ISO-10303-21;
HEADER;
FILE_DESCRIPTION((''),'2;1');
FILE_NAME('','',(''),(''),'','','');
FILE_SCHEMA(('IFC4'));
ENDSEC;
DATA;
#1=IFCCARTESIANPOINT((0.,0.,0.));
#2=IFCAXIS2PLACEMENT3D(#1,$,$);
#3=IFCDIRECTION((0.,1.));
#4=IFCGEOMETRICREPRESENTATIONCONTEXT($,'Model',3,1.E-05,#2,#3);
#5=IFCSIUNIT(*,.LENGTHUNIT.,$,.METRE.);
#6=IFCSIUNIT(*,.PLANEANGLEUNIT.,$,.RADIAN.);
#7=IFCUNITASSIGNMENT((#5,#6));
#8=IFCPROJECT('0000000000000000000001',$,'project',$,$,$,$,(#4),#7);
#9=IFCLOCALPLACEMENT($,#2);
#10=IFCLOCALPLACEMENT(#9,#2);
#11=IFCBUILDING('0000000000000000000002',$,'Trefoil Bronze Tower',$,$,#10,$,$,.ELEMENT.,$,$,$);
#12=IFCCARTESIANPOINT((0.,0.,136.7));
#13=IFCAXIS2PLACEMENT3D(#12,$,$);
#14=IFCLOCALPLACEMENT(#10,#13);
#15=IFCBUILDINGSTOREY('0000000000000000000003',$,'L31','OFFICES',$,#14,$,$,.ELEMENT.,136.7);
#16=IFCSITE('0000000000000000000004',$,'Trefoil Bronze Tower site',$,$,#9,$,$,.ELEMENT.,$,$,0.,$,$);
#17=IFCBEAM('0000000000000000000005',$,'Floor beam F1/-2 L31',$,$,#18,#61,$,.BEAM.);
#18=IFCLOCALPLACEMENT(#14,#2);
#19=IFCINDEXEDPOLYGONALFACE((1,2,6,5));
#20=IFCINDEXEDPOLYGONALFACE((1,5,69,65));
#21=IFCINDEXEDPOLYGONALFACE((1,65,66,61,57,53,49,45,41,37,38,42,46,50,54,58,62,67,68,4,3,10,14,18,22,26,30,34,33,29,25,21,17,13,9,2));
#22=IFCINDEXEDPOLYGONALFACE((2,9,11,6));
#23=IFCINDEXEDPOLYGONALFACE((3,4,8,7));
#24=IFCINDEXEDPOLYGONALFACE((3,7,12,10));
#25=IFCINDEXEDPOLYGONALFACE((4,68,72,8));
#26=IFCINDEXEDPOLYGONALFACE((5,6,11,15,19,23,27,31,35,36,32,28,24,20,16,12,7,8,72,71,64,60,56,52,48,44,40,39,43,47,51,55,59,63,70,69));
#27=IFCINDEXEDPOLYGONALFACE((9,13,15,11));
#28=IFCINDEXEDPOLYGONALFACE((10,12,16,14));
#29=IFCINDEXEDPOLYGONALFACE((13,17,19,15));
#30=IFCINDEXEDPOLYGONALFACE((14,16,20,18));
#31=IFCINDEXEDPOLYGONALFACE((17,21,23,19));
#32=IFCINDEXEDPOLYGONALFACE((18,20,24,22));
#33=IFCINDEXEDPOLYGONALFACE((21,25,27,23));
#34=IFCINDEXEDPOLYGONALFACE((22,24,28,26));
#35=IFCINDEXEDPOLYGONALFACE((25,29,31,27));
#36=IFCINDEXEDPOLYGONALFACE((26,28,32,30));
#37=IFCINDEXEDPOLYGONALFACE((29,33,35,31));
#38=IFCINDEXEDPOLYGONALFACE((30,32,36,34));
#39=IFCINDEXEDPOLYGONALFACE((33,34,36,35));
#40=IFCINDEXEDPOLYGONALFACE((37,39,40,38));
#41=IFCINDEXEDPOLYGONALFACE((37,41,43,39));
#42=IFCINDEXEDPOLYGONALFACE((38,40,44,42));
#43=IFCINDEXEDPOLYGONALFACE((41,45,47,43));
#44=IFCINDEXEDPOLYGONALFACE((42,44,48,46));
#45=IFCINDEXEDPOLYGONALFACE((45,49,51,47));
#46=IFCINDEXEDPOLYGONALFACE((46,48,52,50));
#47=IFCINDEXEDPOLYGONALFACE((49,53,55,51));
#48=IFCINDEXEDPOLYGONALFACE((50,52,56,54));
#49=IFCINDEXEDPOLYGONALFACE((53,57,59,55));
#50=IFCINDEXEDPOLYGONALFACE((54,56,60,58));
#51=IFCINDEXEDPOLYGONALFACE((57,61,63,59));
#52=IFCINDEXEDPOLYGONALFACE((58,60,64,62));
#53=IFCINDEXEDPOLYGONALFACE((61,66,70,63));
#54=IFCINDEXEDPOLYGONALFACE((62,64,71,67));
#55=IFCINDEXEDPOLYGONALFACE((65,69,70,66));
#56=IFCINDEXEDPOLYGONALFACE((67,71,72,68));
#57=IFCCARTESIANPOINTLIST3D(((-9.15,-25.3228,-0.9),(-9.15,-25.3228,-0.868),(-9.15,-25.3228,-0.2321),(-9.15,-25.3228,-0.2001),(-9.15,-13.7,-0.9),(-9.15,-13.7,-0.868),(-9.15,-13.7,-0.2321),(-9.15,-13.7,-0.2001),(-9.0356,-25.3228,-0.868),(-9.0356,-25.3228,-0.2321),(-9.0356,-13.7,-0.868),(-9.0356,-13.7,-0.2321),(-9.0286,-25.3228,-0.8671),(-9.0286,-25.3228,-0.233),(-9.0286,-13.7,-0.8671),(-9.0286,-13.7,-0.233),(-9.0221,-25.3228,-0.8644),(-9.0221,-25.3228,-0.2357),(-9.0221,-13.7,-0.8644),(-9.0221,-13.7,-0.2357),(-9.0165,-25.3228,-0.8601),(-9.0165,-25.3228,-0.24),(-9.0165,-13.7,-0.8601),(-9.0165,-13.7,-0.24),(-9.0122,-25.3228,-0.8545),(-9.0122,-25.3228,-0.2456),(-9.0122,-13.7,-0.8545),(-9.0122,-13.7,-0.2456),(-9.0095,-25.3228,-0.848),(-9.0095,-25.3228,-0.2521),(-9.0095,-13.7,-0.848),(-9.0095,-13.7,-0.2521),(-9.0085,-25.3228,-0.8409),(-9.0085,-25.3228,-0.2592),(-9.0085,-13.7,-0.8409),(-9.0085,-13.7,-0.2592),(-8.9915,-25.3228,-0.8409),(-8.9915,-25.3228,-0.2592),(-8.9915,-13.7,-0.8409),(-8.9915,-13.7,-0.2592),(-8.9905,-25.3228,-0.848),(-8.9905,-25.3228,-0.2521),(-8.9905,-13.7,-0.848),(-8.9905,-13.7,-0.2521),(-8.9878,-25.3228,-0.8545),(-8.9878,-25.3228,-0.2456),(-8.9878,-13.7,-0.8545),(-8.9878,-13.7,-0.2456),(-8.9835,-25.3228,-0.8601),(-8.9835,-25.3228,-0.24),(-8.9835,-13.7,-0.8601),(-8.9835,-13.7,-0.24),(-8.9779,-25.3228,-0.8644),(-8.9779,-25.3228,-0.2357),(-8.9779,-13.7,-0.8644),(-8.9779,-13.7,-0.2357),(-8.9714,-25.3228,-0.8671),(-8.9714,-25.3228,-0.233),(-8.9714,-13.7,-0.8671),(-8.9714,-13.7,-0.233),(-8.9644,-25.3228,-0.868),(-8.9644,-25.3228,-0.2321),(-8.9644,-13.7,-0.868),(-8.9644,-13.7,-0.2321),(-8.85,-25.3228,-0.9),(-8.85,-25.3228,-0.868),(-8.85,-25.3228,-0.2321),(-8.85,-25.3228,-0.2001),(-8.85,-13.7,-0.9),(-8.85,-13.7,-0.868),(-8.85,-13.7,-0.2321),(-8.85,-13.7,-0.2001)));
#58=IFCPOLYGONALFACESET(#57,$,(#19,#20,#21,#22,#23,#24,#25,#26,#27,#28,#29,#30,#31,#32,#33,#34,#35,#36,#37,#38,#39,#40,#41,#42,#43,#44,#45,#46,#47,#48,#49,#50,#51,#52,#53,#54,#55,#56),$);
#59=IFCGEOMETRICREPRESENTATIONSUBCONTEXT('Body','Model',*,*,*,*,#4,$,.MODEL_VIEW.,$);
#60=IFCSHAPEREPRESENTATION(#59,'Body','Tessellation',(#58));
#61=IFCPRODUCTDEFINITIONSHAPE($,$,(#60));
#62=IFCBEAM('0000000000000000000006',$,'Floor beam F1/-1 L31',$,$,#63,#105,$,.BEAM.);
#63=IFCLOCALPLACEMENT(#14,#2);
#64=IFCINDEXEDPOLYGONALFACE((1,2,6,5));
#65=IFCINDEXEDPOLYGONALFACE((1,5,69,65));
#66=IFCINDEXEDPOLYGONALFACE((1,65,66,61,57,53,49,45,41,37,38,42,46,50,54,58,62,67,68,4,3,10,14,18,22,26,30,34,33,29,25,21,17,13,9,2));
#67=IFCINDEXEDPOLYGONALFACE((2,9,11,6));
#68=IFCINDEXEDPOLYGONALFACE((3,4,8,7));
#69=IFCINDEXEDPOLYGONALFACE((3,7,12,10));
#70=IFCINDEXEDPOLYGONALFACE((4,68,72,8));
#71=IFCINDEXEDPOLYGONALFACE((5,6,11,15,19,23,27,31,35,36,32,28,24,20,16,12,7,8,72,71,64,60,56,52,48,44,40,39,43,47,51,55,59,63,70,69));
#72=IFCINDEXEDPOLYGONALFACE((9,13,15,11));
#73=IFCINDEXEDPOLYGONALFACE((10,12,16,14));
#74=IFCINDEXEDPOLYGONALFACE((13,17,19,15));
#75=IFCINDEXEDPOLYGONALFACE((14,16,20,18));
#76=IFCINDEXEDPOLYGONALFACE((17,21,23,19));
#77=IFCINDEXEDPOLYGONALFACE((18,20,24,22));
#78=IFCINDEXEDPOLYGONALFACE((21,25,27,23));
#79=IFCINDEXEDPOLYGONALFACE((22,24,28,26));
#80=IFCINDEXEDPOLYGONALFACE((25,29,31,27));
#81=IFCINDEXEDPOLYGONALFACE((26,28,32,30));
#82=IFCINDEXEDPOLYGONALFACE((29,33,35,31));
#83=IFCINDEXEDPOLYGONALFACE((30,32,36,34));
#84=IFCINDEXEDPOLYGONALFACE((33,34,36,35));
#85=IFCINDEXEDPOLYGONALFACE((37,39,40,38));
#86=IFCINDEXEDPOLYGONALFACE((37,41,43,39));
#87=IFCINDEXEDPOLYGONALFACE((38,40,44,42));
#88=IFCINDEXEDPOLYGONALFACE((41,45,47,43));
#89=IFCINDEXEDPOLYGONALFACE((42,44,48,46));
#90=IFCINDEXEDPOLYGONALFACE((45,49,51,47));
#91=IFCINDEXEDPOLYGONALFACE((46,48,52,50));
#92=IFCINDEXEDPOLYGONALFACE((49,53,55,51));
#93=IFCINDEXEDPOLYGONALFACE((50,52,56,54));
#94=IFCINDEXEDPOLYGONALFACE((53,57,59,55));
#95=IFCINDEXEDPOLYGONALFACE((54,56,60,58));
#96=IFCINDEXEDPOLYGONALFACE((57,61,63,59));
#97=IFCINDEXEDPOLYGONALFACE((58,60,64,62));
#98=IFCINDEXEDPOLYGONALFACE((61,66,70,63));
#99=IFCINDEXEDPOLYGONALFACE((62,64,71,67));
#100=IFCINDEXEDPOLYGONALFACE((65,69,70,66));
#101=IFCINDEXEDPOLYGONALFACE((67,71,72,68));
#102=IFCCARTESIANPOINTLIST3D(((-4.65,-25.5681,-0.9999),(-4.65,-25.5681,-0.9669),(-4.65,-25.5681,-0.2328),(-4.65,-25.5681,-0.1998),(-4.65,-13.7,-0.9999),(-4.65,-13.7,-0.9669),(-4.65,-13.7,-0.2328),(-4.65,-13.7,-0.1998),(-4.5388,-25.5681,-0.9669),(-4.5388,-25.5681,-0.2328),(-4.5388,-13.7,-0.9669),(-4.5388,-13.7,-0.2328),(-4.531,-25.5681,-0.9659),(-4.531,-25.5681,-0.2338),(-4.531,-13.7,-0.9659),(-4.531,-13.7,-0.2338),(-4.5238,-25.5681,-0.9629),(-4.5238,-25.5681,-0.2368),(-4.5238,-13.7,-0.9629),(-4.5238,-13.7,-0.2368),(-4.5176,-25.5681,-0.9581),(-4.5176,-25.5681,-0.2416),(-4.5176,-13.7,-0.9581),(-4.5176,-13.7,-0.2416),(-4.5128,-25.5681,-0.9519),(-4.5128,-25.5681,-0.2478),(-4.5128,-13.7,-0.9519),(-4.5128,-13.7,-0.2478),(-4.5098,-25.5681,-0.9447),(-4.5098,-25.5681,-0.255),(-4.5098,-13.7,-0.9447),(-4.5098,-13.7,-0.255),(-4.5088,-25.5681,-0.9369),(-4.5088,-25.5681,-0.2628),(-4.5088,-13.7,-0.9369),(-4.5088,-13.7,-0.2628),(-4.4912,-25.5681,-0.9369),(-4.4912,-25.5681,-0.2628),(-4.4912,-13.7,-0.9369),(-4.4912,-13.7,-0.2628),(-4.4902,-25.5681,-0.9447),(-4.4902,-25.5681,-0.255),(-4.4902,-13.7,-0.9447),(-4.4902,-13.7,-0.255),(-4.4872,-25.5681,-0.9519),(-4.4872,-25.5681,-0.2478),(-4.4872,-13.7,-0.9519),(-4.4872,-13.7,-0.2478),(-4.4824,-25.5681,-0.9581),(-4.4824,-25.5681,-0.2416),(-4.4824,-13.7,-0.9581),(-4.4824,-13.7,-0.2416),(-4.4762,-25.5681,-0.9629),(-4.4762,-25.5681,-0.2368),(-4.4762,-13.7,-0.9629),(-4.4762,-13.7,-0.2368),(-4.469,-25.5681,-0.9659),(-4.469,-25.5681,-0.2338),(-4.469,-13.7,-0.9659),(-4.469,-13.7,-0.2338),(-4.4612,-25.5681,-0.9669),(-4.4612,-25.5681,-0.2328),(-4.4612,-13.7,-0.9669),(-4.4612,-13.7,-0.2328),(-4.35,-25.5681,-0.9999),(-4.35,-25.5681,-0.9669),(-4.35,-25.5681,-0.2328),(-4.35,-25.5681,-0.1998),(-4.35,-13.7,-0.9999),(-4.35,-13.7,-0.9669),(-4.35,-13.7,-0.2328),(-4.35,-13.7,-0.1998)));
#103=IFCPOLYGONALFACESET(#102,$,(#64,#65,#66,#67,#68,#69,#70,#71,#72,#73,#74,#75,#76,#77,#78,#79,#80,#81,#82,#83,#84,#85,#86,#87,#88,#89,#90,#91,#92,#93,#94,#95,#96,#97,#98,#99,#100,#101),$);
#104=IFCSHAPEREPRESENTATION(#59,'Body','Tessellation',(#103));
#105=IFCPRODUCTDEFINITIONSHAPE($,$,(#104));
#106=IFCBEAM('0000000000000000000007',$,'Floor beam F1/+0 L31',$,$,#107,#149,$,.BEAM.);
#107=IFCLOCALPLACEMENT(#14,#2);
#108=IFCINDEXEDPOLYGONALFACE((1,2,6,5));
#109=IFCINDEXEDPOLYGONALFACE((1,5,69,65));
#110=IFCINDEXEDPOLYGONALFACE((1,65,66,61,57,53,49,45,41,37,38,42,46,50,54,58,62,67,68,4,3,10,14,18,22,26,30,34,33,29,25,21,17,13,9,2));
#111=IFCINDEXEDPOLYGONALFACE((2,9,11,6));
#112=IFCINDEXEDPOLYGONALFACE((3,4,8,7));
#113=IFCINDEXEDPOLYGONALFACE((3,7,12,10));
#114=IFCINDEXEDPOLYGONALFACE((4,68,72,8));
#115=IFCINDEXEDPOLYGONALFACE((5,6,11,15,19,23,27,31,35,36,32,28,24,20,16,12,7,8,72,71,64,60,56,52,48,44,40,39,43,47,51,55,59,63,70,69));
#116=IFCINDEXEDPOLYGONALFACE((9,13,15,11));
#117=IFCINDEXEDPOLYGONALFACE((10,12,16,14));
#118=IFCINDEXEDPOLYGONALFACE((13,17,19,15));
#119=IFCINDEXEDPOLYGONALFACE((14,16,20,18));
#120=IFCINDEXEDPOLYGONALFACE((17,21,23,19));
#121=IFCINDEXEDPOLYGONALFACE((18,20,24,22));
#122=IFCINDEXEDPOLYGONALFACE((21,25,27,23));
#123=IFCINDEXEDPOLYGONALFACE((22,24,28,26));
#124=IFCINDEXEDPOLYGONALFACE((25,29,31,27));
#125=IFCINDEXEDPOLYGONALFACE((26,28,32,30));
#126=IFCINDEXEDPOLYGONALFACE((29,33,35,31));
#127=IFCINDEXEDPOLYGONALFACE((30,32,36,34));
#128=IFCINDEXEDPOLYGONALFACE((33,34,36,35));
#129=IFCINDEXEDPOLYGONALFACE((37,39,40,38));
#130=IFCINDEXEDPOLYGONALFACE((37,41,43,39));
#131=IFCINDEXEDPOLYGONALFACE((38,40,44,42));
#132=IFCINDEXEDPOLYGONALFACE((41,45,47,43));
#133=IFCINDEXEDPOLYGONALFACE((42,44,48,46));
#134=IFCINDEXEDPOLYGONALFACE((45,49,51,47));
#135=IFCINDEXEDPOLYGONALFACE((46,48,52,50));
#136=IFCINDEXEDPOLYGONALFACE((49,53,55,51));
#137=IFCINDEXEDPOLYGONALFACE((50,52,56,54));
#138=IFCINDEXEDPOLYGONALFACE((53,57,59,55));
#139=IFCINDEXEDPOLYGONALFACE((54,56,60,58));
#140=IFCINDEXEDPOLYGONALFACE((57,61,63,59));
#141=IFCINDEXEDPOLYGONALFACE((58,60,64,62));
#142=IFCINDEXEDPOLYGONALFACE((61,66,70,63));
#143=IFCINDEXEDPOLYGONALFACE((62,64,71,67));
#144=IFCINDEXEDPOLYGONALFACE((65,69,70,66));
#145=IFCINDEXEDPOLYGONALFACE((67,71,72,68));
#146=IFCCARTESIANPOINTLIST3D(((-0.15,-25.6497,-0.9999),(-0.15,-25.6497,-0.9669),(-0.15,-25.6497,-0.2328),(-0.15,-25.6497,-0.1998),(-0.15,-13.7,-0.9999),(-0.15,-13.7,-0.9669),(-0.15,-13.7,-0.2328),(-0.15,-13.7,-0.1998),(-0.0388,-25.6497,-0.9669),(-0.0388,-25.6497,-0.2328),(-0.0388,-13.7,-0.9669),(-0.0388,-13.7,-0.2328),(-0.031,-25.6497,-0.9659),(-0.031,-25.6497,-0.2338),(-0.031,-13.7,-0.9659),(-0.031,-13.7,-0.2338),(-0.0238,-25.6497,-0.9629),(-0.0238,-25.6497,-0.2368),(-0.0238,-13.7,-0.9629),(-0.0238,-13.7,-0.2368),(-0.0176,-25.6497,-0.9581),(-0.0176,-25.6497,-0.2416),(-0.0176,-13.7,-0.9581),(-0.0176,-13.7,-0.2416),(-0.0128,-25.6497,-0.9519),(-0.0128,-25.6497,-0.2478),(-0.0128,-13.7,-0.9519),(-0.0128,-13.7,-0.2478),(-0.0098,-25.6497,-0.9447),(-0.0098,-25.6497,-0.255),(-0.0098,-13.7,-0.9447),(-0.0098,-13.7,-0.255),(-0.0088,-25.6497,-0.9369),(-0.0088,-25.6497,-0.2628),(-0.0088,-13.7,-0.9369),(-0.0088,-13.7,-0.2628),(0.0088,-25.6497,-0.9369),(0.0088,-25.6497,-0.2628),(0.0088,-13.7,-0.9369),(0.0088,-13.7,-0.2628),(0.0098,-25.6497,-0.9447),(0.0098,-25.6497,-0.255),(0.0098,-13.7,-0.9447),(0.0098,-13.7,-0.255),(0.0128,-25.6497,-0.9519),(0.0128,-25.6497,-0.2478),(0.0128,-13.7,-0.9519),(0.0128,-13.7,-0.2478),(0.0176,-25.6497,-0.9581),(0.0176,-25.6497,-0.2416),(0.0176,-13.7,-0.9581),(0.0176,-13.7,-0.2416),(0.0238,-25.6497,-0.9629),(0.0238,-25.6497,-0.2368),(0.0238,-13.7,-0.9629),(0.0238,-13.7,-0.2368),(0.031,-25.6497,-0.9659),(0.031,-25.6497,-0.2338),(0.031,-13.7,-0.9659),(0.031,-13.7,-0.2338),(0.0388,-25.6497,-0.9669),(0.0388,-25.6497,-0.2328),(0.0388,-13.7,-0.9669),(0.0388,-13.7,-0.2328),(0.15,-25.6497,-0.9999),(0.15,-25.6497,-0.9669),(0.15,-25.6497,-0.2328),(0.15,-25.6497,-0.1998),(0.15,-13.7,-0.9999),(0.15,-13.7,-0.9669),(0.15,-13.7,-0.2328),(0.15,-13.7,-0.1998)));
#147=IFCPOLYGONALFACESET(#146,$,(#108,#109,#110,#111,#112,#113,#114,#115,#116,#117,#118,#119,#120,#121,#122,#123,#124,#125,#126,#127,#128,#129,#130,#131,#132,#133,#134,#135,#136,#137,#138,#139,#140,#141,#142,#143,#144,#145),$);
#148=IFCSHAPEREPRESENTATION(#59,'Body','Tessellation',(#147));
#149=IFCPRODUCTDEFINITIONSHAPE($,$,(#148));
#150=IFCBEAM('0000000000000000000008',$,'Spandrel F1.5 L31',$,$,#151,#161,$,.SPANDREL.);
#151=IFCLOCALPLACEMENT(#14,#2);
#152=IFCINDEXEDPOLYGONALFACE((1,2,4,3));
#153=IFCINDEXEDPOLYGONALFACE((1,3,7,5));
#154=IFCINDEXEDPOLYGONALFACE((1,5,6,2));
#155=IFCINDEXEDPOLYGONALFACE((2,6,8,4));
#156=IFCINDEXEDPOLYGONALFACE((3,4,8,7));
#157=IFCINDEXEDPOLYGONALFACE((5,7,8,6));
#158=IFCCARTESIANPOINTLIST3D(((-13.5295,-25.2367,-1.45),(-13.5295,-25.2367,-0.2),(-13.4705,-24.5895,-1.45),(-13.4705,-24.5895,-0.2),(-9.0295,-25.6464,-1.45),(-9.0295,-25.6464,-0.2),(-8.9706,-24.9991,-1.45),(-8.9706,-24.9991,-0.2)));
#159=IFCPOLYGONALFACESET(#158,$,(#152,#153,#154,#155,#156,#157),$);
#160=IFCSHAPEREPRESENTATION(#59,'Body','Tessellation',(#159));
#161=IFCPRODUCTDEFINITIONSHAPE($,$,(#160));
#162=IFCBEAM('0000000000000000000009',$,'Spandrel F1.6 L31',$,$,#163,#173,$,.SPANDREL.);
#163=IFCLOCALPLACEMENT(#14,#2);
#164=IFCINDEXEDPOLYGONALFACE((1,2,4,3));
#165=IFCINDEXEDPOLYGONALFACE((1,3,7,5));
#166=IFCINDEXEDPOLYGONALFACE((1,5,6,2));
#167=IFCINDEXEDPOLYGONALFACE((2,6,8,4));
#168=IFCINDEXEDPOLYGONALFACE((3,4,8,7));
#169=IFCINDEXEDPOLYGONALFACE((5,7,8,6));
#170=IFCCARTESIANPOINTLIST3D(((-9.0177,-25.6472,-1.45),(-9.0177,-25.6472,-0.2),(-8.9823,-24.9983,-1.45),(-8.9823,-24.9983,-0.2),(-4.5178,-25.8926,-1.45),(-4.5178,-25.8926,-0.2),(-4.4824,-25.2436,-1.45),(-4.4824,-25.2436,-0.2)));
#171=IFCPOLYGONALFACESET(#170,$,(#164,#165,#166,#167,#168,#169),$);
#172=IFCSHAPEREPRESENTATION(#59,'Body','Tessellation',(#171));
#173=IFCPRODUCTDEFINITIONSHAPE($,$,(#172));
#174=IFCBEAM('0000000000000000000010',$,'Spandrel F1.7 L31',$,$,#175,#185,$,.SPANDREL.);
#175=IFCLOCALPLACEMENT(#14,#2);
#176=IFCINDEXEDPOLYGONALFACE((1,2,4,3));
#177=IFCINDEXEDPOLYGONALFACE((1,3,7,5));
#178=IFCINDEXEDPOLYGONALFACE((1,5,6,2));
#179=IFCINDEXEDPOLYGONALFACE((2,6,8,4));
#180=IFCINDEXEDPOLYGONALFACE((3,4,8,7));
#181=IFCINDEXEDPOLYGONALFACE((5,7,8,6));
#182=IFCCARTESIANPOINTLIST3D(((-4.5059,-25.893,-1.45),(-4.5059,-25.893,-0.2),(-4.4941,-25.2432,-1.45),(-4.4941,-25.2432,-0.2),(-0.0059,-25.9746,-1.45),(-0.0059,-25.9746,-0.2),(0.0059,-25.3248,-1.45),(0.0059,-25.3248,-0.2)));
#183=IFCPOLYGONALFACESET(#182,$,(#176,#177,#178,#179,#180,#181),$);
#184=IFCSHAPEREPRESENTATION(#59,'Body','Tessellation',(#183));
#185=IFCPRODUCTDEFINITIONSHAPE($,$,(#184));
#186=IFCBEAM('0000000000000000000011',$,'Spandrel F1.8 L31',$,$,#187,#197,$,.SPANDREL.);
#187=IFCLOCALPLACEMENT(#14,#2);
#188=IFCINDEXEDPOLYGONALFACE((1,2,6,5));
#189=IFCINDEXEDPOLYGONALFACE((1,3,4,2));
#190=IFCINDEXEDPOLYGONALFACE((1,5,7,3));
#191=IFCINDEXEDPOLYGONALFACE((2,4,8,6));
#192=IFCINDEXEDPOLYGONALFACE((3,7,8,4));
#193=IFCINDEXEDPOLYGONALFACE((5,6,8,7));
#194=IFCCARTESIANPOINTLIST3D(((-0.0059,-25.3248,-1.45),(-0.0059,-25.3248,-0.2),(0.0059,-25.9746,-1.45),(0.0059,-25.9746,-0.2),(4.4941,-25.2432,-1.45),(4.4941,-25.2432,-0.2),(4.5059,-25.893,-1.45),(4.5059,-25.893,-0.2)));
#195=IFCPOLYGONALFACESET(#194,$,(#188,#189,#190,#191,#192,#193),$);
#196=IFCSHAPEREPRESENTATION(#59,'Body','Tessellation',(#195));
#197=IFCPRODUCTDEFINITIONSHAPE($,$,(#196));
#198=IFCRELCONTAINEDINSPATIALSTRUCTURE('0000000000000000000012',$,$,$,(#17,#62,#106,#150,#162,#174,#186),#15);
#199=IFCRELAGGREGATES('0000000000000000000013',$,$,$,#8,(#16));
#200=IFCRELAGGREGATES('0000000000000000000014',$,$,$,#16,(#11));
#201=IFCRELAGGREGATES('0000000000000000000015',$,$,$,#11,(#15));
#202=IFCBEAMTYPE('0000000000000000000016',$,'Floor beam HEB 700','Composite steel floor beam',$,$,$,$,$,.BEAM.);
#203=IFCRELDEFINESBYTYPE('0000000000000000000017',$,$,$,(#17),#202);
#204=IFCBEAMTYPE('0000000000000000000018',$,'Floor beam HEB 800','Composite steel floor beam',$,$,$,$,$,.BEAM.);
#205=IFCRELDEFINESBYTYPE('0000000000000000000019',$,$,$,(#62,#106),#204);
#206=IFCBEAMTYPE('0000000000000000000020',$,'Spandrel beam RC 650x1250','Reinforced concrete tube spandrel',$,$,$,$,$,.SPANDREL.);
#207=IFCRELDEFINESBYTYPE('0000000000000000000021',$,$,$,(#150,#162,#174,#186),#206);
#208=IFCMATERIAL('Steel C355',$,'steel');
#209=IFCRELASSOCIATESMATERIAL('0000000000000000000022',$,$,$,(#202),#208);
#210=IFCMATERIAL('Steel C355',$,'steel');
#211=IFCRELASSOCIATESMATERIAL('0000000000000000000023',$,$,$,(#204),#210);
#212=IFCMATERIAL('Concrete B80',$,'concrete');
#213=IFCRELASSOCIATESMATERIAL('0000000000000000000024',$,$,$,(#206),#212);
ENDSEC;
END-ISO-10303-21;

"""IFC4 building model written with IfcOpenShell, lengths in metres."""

from ifc_helpers import new_model, si_unit, direction, frame, origin, origin_2d, place, context, subcontext, project, spatial, rectangle, i_section, extrude, material, material_profile, profile_set, type_object, element, save


model = new_model("IFC4")

# Units and contexts
model_context = context("Model", 3, precision=1e-05, world=origin(), true_north=direction((0.0, 1.0)))
body_context = subcontext(model_context, "Body", "Model", "MODEL_VIEW")
ifc_project = project(units=[si_unit("LENGTHUNIT", "METRE"), si_unit("PLANEANGLEUNIT", "RADIAN")], contexts=[model_context])

# Site, building, storey
site_placement = place(None, origin())
site = spatial("IfcSite", under=ifc_project, at=site_placement, Name="Trefoil Bronze Tower site", CompositionType="ELEMENT", RefElevation=0.0)
building_placement = place(site_placement, origin())
building = spatial("IfcBuilding", under=site, at=building_placement, Name="Trefoil Bronze Tower", CompositionType="ELEMENT")
storey_placement = place(building_placement, frame((0.0, 0.0, 136.7)))
storey = spatial("IfcBuildingStorey", under=building, at=storey_placement, Name="L31", Description="OFFICES", CompositionType="ELEMENT", Elevation=136.7)

# Beams
ifc_material_1 = material(Name="Steel C355", Category="steel")
ifc_material_profile_1 = material_profile(ifc_material_1, i_section(OverallWidth=0.3, OverallDepth=0.7, WebThickness=0.0171, FlangeThickness=0.032, FilletRadius=0.0271, at=origin_2d()), Name="HEB 700")
ifc_profile_set_1 = profile_set([ifc_material_profile_1], Name="Steel C355")
beam_type_1 = type_object("IfcBeamType", Name="Floor beam HEB 700", Description="Composite steel floor beam", PredefinedType="BEAM", material=ifc_profile_set_1)
beam_1_placement = place(storey_placement, frame((-9.0, -25.3228, -0.55), z_axis=(0.0, 1.0, 0.0), x_axis=(-1.0, 0.0, 0.0)))
element("IfcBeam", 1, at=beam_1_placement, inside=storey, type_object=beam_type_1, Name="Floor beam F1/-2 L31", PredefinedType="BEAM", context=body_context, shape_type="SweptSolid", body=[
    extrude(i_section(OverallWidth=0.3, OverallDepth=0.7, WebThickness=0.0171, FlangeThickness=0.032, FilletRadius=0.0271, at=origin_2d()), origin(), (0.0, 0.0, 1.0), 11.6228),
])
ifc_material_2 = material(Name="Steel C355", Category="steel")
ifc_material_profile_2 = material_profile(ifc_material_2, i_section(OverallWidth=0.3, OverallDepth=0.8, WebThickness=0.0176, FlangeThickness=0.033, FilletRadius=0.03, at=origin_2d()), Name="HEB 800")
ifc_profile_set_2 = profile_set([ifc_material_profile_2], Name="Steel C355")
beam_type_2 = type_object("IfcBeamType", Name="Floor beam HEB 800", Description="Composite steel floor beam", PredefinedType="BEAM", material=ifc_profile_set_2)
beam_2_placement = place(storey_placement, frame((-4.5, -25.5681, -0.5999), z_axis=(0.0, 1.0, 0.0), x_axis=(-1.0, 0.0, 0.0)))
element("IfcBeam", 2, at=beam_2_placement, inside=storey, type_object=beam_type_2, Name="Floor beam F1/-1 L31", PredefinedType="BEAM", context=body_context, shape_type="SweptSolid", body=[
    extrude(i_section(OverallWidth=0.3, OverallDepth=0.8, WebThickness=0.0176, FlangeThickness=0.033, FilletRadius=0.03, at=origin_2d()), origin(), (0.0, 0.0, 1.0), 11.8682),
])
beam_3_placement = place(storey_placement, frame((0.0, -25.6497, -0.5999), z_axis=(0.0, 1.0, 0.0), x_axis=(-1.0, 0.0, 0.0)))
element("IfcBeam", 3, at=beam_3_placement, inside=storey, type_object=beam_type_2, Name="Floor beam F1/+0 L31", PredefinedType="BEAM", context=body_context, shape_type="SweptSolid", body=[
    extrude(i_section(OverallWidth=0.3, OverallDepth=0.8, WebThickness=0.0176, FlangeThickness=0.033, FilletRadius=0.03, at=origin_2d()), origin(), (0.0, 0.0, 1.0), 11.9497),
])
ifc_material_3 = material(Name="Concrete B80", Category="concrete")
ifc_material_profile_3 = material_profile(ifc_material_3, rectangle(XDim=0.6499, YDim=1.25, at=origin_2d()), Name="RC 650x1250")
ifc_profile_set_3 = profile_set([ifc_material_profile_3], Name="Concrete B80")
beam_type_3 = type_object("IfcBeamType", Name="Spandrel beam RC 650x1250", Description="Reinforced concrete tube spandrel", PredefinedType="SPANDREL", material=ifc_profile_set_3)
beam_4_placement = place(storey_placement, frame((-13.5, -24.9131, -0.825), z_axis=(0.995882, -0.090662, 0.0), x_axis=(0.090662, 0.995882, 0.0)))
element("IfcBeam", 4, at=beam_4_placement, inside=storey, type_object=beam_type_3, Name="Spandrel F1.5 L31", PredefinedType="SPANDREL", context=body_context, shape_type="SweptSolid", body=[
    extrude(rectangle(XDim=0.6499, YDim=1.25, at=origin_2d()), origin(), (0.0, 0.0, 1.0), 4.5186),
])
beam_5_placement = place(storey_placement, frame((-9.0, -25.3228, -0.825), z_axis=(0.998517, -0.054444, 0.0), x_axis=(0.054444, 0.998517, 0.0)))
element("IfcBeam", 5, at=beam_5_placement, inside=storey, type_object=beam_type_3, Name="Spandrel F1.6 L31", PredefinedType="SPANDREL", context=body_context, shape_type="SweptSolid", body=[
    extrude(rectangle(XDim=0.6499, YDim=1.25, at=origin_2d()), origin(), (0.0, 0.0, 1.0), 4.5066),
])
for number, where, z_axis, x_axis, name in (
    (6, (-4.5, -25.5681, -0.825), (0.999836, -0.018118, 0.0), (0.018118, 0.999836, 0.0), "Spandrel F1.7 L31"),
    (7, (0.0, -25.6497, -0.825), (0.999836, 0.018118, 0.0), (-0.018118, 0.999836, 0.0), "Spandrel F1.8 L31"),
):
    element("IfcBeam", number, at=place(storey_placement, frame(where, z_axis=z_axis, x_axis=x_axis)), inside=storey, type_object=beam_type_3, Name=name, PredefinedType="SPANDREL", context=body_context, shape_type="SweptSolid", body=[
        extrude(rectangle(XDim=0.6499, YDim=1.25, at=origin_2d()), origin(), (0.0, 0.0, 1.0), 4.5007),
    ])

save(model, "model.ifc")
